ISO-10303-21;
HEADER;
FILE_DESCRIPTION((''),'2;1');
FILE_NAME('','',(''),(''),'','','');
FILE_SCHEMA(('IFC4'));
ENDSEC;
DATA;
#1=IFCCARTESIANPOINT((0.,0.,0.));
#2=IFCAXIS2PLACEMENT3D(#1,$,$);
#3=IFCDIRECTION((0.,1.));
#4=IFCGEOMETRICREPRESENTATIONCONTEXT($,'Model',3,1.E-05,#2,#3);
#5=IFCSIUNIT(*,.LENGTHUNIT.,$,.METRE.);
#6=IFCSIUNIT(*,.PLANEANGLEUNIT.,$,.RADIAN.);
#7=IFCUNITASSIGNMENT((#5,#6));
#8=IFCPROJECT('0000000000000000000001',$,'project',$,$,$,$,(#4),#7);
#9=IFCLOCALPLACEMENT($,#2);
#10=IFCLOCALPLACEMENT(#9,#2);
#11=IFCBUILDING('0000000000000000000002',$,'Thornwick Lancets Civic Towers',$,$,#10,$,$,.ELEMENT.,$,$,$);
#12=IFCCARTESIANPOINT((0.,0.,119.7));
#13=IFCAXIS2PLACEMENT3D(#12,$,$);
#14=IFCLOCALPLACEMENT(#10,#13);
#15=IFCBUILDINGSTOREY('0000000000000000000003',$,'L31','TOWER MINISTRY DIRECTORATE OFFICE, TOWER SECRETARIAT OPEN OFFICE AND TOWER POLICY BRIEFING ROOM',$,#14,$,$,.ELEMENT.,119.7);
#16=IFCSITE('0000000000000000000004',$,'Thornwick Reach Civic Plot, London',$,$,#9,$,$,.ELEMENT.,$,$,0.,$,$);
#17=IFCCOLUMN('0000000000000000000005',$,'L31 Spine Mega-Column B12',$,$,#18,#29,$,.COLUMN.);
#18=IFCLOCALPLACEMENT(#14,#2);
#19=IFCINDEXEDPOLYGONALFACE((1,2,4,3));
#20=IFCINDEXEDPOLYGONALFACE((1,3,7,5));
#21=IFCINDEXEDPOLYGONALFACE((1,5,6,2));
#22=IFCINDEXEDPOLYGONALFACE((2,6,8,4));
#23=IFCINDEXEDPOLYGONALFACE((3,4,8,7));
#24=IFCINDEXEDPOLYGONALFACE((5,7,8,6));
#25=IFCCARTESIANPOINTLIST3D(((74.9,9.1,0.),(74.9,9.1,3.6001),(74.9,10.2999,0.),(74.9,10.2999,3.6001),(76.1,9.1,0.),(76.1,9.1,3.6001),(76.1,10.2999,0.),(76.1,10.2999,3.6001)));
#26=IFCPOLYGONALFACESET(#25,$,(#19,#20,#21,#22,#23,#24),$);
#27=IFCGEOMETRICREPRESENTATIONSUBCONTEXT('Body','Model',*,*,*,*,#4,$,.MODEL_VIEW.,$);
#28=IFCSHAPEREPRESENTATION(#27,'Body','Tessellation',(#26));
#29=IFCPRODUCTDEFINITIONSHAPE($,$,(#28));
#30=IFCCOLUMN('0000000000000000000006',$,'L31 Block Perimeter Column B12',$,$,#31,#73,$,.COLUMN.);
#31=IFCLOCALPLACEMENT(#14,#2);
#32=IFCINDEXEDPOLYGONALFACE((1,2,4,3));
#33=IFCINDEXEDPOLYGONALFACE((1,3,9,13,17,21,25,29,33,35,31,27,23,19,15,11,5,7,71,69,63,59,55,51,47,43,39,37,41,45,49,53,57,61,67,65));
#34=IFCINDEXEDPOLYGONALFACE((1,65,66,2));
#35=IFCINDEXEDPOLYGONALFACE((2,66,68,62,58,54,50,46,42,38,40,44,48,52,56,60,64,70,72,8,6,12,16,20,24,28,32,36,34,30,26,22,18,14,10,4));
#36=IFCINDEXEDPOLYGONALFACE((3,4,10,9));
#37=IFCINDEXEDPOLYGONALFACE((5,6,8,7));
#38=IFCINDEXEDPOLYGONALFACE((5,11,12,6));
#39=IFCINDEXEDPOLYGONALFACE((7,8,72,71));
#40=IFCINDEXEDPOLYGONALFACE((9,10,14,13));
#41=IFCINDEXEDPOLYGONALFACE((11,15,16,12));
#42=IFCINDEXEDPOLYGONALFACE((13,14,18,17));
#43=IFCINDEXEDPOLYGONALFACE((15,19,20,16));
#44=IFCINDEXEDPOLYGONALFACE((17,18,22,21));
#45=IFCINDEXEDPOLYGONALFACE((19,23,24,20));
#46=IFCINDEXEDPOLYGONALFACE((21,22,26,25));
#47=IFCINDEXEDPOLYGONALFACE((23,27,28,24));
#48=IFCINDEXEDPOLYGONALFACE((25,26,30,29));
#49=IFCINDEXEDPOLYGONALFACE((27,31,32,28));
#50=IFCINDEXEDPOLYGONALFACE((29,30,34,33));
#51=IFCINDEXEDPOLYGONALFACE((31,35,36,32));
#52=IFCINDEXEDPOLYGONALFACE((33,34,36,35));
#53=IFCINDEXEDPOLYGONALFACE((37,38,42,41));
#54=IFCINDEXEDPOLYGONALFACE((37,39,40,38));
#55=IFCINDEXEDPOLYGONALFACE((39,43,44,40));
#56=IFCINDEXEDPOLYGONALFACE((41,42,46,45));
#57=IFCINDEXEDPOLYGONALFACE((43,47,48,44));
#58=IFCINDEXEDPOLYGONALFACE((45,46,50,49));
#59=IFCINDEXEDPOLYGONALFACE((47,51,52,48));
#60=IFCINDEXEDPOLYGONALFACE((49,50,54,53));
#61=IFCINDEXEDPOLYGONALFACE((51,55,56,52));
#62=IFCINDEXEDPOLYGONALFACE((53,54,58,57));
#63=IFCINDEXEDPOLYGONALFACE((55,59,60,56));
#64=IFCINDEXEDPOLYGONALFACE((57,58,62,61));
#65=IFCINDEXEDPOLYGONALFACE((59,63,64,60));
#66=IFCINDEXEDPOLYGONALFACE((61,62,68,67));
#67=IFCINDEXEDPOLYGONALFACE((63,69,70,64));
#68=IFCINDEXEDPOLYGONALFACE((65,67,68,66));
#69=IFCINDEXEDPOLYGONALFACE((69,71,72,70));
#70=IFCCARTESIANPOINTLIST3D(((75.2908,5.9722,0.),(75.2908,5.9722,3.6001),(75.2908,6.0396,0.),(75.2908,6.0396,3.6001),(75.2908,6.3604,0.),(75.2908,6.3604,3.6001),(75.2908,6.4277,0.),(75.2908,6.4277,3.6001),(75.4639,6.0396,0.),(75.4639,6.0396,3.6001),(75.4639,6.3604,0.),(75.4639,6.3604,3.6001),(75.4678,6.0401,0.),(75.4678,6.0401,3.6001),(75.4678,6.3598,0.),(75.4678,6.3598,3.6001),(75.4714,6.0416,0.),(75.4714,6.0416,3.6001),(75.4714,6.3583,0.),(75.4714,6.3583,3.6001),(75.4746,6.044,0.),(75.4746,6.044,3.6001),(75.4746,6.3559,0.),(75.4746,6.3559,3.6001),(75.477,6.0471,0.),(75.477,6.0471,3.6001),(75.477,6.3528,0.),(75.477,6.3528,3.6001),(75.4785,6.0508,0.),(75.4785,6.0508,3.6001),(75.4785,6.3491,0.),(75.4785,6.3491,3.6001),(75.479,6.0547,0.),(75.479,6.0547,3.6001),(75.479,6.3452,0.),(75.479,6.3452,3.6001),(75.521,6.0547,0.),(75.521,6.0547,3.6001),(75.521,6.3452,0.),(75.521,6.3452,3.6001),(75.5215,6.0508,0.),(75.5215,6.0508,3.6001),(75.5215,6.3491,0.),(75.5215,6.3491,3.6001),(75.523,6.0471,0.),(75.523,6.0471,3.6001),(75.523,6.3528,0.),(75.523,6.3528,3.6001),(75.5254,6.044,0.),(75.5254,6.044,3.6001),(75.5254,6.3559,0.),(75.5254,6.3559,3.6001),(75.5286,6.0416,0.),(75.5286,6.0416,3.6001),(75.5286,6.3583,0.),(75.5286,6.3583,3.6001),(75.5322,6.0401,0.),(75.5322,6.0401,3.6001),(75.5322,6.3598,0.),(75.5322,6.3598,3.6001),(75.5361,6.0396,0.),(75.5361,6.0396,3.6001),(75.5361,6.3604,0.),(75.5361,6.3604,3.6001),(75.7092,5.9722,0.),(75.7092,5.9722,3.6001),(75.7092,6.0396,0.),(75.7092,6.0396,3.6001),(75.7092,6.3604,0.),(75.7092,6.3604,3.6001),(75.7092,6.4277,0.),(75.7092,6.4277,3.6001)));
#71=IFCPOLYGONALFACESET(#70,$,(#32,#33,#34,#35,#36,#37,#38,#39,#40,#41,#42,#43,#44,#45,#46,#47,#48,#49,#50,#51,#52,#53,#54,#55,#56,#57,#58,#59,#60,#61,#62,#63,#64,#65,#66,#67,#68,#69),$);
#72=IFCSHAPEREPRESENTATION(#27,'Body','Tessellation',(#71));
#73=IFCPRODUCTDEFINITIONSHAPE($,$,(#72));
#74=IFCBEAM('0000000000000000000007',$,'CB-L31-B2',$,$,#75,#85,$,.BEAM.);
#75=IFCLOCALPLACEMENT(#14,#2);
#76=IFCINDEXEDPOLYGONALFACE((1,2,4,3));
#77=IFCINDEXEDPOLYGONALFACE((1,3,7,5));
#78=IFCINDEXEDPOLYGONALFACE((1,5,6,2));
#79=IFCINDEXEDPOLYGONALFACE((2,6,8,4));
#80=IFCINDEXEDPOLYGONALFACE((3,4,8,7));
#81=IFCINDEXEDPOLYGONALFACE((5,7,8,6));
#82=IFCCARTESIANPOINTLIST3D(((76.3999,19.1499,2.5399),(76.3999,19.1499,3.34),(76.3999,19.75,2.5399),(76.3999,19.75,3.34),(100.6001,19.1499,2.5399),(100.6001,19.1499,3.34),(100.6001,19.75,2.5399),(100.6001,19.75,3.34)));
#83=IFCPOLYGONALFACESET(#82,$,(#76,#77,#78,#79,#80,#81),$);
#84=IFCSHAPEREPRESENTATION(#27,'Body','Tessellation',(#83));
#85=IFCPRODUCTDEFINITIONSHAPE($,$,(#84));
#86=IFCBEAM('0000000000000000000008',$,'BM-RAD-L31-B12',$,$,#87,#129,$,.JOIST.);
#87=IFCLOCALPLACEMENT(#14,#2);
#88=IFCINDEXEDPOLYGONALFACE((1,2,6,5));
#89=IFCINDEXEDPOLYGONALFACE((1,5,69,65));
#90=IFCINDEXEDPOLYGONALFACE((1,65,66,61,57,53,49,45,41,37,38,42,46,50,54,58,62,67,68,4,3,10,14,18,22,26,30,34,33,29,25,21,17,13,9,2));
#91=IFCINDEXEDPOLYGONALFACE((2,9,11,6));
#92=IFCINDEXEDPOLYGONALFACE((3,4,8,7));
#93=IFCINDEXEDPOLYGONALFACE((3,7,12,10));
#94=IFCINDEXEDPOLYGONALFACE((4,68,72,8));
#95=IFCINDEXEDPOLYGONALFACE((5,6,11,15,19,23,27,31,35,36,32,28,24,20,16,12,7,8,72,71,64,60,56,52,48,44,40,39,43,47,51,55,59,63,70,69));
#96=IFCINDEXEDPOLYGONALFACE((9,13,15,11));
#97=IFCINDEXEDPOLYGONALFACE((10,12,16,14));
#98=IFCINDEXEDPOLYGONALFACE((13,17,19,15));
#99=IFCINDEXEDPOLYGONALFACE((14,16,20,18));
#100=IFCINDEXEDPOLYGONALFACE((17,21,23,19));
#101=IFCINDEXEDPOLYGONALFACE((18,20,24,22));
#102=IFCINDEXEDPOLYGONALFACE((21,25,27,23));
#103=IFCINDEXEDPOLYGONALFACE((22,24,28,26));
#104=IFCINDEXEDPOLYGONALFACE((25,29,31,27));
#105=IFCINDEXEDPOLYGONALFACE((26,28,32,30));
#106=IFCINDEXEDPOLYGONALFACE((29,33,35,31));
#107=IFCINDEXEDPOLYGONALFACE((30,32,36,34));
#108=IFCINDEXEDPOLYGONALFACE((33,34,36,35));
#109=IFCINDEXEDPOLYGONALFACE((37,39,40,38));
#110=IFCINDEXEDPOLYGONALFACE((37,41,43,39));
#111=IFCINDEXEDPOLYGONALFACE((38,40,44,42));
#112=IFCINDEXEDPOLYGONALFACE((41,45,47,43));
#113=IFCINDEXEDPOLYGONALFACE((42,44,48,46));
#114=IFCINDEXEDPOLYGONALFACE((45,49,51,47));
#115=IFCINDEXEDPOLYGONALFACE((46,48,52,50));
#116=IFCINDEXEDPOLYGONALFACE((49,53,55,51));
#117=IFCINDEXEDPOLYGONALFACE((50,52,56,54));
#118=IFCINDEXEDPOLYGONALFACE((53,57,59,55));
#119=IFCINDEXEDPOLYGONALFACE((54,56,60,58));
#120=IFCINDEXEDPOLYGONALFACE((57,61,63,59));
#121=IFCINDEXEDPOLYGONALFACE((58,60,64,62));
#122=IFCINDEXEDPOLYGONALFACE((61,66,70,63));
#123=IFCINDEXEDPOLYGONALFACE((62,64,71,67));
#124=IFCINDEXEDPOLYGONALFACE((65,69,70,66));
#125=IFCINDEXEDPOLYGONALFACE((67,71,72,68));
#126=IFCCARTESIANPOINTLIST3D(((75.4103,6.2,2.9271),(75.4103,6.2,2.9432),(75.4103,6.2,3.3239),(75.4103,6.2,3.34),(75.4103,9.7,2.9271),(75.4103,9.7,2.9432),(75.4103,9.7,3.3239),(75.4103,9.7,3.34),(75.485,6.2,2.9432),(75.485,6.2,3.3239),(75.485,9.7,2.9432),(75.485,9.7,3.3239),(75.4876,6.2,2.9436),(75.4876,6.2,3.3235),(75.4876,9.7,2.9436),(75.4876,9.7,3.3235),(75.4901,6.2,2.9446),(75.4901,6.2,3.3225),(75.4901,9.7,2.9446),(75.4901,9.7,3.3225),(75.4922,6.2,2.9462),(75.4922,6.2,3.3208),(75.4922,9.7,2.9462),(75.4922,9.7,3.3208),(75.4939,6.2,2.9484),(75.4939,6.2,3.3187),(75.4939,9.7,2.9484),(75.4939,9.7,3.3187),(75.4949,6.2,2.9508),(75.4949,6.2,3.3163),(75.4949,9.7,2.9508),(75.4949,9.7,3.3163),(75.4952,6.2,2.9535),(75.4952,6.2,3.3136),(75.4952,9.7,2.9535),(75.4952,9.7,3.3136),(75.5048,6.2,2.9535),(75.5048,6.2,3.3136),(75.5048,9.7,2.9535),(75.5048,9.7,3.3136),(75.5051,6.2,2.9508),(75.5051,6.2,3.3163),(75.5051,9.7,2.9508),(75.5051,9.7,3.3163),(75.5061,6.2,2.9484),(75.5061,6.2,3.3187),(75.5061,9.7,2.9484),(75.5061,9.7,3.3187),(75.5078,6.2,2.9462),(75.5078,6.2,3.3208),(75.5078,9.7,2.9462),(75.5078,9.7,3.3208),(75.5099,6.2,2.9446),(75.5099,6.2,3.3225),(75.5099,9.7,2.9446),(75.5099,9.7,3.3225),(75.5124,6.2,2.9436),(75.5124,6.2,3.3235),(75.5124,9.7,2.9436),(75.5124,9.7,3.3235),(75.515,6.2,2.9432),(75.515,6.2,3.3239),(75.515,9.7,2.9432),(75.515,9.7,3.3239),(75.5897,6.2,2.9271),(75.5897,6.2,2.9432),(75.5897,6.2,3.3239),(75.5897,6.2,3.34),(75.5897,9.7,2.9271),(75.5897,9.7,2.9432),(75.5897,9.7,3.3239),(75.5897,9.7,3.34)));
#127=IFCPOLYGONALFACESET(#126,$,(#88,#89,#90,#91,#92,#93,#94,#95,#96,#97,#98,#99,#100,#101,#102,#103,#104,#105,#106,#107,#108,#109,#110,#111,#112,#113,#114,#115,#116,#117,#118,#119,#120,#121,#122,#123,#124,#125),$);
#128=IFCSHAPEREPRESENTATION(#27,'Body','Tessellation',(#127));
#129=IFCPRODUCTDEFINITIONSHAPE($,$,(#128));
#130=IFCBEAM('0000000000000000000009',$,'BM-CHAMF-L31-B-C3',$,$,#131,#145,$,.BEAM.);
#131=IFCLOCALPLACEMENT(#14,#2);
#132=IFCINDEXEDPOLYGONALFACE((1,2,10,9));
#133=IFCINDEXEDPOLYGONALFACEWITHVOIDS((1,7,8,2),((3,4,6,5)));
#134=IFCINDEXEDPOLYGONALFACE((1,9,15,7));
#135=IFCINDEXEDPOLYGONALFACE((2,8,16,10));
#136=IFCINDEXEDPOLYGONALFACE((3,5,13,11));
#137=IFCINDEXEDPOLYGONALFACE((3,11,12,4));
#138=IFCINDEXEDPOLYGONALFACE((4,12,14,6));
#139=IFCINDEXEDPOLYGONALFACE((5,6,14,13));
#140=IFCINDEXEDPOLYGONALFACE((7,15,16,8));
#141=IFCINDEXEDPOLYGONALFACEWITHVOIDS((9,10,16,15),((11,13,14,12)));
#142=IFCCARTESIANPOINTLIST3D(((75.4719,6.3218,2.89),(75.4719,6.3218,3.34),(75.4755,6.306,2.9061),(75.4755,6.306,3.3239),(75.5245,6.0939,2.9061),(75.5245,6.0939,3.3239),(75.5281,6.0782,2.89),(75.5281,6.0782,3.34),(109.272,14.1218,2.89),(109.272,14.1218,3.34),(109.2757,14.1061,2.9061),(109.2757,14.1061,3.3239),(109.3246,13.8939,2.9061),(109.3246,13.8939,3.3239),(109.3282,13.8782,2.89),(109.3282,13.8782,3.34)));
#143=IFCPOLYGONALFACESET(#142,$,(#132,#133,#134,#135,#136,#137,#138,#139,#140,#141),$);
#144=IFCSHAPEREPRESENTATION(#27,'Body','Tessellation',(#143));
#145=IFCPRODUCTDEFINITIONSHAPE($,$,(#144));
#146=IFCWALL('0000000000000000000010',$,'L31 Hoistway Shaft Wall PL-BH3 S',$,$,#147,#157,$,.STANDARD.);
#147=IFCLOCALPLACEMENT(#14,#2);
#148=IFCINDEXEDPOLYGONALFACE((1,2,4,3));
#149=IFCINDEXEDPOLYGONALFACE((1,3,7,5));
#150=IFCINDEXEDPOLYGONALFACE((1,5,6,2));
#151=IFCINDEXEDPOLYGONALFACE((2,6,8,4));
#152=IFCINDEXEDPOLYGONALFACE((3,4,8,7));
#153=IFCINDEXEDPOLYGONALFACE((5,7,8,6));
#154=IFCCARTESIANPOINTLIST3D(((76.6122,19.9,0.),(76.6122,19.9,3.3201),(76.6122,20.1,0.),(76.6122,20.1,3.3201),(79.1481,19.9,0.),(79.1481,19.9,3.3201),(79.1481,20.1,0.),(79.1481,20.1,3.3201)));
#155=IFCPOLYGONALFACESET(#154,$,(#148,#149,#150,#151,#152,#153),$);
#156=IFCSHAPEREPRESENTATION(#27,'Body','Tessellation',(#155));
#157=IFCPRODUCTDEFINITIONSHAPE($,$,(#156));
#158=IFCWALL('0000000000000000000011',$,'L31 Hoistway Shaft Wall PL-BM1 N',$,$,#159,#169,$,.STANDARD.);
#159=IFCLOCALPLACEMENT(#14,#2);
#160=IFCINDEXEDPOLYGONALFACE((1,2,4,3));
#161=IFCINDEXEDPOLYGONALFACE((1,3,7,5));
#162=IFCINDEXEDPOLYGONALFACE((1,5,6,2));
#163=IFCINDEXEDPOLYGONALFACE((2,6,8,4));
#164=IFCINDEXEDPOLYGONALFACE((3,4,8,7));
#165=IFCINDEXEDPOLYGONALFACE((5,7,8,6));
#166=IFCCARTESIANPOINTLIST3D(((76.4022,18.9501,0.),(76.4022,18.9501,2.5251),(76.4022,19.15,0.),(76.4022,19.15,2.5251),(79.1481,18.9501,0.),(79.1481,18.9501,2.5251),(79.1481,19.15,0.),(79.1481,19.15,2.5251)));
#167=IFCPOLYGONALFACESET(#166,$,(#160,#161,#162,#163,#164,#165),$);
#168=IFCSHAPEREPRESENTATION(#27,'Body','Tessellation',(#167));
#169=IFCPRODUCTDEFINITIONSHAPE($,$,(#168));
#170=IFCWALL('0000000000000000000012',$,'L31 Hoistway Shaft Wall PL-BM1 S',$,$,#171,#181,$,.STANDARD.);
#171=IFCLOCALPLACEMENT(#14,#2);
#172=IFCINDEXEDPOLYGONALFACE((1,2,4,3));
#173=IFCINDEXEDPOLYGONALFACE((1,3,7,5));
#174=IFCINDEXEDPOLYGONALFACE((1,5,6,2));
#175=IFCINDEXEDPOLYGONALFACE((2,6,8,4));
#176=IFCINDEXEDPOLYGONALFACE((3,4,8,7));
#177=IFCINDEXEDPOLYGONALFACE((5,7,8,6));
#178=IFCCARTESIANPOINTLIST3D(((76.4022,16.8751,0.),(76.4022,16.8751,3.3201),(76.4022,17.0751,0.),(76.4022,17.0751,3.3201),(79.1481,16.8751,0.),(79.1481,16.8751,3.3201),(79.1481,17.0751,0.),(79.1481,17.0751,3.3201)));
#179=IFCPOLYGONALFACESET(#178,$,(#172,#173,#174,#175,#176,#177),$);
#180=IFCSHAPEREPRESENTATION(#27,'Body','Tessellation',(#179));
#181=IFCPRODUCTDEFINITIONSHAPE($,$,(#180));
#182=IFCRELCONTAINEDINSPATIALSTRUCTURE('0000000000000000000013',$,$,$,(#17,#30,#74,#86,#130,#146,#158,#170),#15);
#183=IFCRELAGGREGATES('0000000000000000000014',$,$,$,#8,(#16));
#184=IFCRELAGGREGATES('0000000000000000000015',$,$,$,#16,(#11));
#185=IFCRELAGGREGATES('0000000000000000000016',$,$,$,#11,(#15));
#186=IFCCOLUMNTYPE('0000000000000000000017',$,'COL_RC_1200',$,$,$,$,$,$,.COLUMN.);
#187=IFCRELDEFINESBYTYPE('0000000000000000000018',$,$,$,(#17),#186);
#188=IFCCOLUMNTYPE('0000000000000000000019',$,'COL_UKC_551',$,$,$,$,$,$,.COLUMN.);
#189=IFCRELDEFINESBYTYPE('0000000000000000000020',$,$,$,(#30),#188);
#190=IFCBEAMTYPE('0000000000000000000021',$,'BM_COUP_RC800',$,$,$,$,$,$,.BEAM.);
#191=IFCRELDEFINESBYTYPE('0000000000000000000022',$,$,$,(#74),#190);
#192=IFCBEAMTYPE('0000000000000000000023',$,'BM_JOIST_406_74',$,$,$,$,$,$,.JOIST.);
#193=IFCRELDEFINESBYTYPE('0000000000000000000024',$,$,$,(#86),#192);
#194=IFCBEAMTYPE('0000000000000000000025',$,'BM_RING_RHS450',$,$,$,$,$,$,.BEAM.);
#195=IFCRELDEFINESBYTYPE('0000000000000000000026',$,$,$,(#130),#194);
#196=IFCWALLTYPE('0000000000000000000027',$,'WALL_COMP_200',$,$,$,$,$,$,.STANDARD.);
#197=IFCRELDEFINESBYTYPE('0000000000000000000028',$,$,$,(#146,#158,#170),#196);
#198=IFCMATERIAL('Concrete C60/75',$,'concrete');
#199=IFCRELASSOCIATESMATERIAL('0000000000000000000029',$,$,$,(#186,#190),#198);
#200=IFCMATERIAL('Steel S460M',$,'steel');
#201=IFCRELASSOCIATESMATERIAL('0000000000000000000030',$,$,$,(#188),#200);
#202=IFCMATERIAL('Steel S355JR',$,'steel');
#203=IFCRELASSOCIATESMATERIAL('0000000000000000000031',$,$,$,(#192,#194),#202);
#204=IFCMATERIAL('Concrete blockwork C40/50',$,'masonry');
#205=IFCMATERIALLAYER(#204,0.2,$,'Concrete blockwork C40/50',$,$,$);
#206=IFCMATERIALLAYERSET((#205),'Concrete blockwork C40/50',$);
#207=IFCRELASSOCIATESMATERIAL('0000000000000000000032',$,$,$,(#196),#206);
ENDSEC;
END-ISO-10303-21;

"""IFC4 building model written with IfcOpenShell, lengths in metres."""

from ifc_helpers import new_model, si_unit, direction, frame, frame_2d, origin, origin_2d, place, context, subcontext, project, spatial, rectangle, hollow_rectangle, i_section, extrude, material, layer, layer_set, material_profile, profile_set, type_object, element, save


model = new_model("IFC4")

# Units and contexts
model_context = context("Model", 3, precision=1e-05, world=origin(), true_north=direction((0.0, 1.0)))
body_context = subcontext(model_context, "Body", "Model", "MODEL_VIEW")
ifc_project = project(units=[si_unit("LENGTHUNIT", "METRE"), si_unit("PLANEANGLEUNIT", "RADIAN")], contexts=[model_context])

# Site, building, storey
site_placement = place(None, origin())
site = spatial("IfcSite", under=ifc_project, at=site_placement, Name="Thornwick Reach Civic Plot, London", CompositionType="ELEMENT", RefElevation=0.0)
building_placement = place(site_placement, origin())
building = spatial("IfcBuilding", under=site, at=building_placement, Name="Thornwick Lancets Civic Towers", CompositionType="ELEMENT")
storey_placement = place(building_placement, frame((0.0, 0.0, 119.7)))
storey = spatial("IfcBuildingStorey", under=building, at=storey_placement, Name="L31", Description="TOWER MINISTRY DIRECTORATE OFFICE, TOWER SECRETARIAT OPEN OFFICE AND TOWER POLICY BRIEFING ROOM", CompositionType="ELEMENT", Elevation=119.7)

# Columns
ifc_material_1 = material(Name="Concrete C60/75", Category="concrete")
ifc_material_profile_1 = material_profile(ifc_material_1, rectangle(XDim=1.2, YDim=1.2, at=origin_2d()), Name="RC 1200x1200")
ifc_profile_set_1 = profile_set([ifc_material_profile_1], Name="Concrete C60/75")
column_type_1 = type_object("IfcColumnType", Name="COL_RC_1200", PredefinedType="COLUMN", material=ifc_profile_set_1)
column_1_placement = place(storey_placement, frame((75.5, 9.7, 0.0), z_axis=(0.0, 0.0, 1.0), x_axis=(1.0, 0.0, 0.0)))
element("IfcColumn", 1, at=column_1_placement, inside=storey, type_object=column_type_1, Name="L31 Spine Mega-Column B12", PredefinedType="COLUMN", context=body_context, shape_type="SweptSolid", body=[
    extrude(rectangle(XDim=1.2, YDim=1.2, at=origin_2d()), origin(), (0.0, 0.0, 1.0), 3.6001),
])
ifc_material_2 = material(Name="Steel S460M", Category="steel")
ifc_material_profile_2 = material_profile(ifc_material_2, i_section(OverallWidth=0.4185, OverallDepth=0.4556, WebThickness=0.042, FlangeThickness=0.0674, FilletRadius=0.0151, at=origin_2d()), Name="UKC 356x406x551")
ifc_profile_set_2 = profile_set([ifc_material_profile_2], Name="Steel S460M")
column_type_2 = type_object("IfcColumnType", Name="COL_UKC_551", PredefinedType="COLUMN", material=ifc_profile_set_2)
column_2_placement = place(storey_placement, frame((75.5, 6.2, 0.0), z_axis=(0.0, 0.0, 1.0), x_axis=(1.0, 0.0, 0.0)))
element("IfcColumn", 2, at=column_2_placement, inside=storey, type_object=column_type_2, Name="L31 Block Perimeter Column B12", PredefinedType="COLUMN", context=body_context, shape_type="SweptSolid", body=[
    extrude(i_section(OverallWidth=0.4185, OverallDepth=0.4556, WebThickness=0.042, FlangeThickness=0.0674, FilletRadius=0.0151, at=origin_2d()), origin(), (0.0, 0.0, 1.0), 3.6001),
])

# Beams
ifc_material_profile_3 = material_profile(ifc_material_1, rectangle(XDim=0.6001, YDim=0.8, at=origin_2d()), Name="RC 600x800")
ifc_profile_set_3 = profile_set([ifc_material_profile_3], Name="Concrete C60/75")
beam_type_1 = type_object("IfcBeamType", Name="BM_COUP_RC800", PredefinedType="BEAM", material=ifc_profile_set_3)
beam_1_placement = place(storey_placement, frame((76.3999, 19.45, 2.9399), z_axis=(1.0, 0.0, 0.0), x_axis=(0.0, 1.0, 0.0)))
element("IfcBeam", 3, at=beam_1_placement, inside=storey, type_object=beam_type_1, Name="CB-L31-B2", PredefinedType="BEAM", context=body_context, shape_type="SweptSolid", body=[
    extrude(rectangle(XDim=0.6001, YDim=0.8, at=origin_2d()), origin(), (0.0, 0.0, 1.0), 24.2002),
])
ifc_material_3 = material(Name="Steel S355JR", Category="steel")
ifc_material_profile_4 = material_profile(ifc_material_3, i_section(OverallWidth=0.1794, OverallDepth=0.4128, WebThickness=0.0095, FlangeThickness=0.0161, FilletRadius=0.0103, at=origin_2d()), Name="UKB 406x178x74")
ifc_profile_set_4 = profile_set([ifc_material_profile_4], Name="Steel S355JR")
beam_type_2 = type_object("IfcBeamType", Name="BM_JOIST_406_74", PredefinedType="JOIST", material=ifc_profile_set_4)
beam_2_placement = place(storey_placement, frame((75.5, 9.7, 3.1335), z_axis=(0.0, -1.0, 0.0), x_axis=(1.0, 0.0, 0.0)))
element("IfcBeam", 4, at=beam_2_placement, inside=storey, type_object=beam_type_2, Name="BM-RAD-L31-B12", PredefinedType="JOIST", context=body_context, shape_type="SweptSolid", body=[
    extrude(i_section(OverallWidth=0.1794, OverallDepth=0.4128, WebThickness=0.0095, FlangeThickness=0.0161, FilletRadius=0.0103, at=origin_2d()), origin(), (0.0, 0.0, 1.0), 3.5),
])
ifc_material_profile_5 = material_profile(ifc_material_3, hollow_rectangle(XDim=0.25, YDim=0.45, WallThickness=0.0161, at=origin_2d()), Name="RHS 450x250x16")
ifc_profile_set_5 = profile_set([ifc_material_profile_5], Name="Steel S355JR")
beam_type_3 = type_object("IfcBeamType", Name="BM_RING_RHS450", PredefinedType="BEAM", material=ifc_profile_set_5)
beam_3_placement = place(storey_placement, frame((75.5, 6.2, 3.115), z_axis=(0.974391, 0.224861, 0.0), x_axis=(-0.224861, 0.974391, 0.0)))
element("IfcBeam", 5, at=beam_3_placement, inside=storey, type_object=beam_type_3, Name="BM-CHAMF-L31-B-C3", PredefinedType="BEAM", context=body_context, shape_type="SweptSolid", body=[
    extrude(hollow_rectangle(XDim=0.25, YDim=0.45, WallThickness=0.0161, at=origin_2d()), origin(), (0.0, 0.0, 1.0), 34.6885),
])

# Walls
ifc_material_4 = material(Name="Concrete blockwork C40/50", Category="masonry")
ifc_layer_1 = layer(ifc_material_4, 0.2, Name="Concrete blockwork C40/50")
ifc_layer_set_1 = layer_set([ifc_layer_1], Name="Concrete blockwork C40/50")
wall_type_1 = type_object("IfcWallType", Name="WALL_COMP_200", PredefinedType="STANDARD", material=ifc_layer_set_1)
wall_1_placement = place(storey_placement, frame((76.6121, 20.0, 0.0), z_axis=(0.0, 0.0, 1.0), x_axis=(1.0, 0.0, 0.0)))
element("IfcWall", 6, at=wall_1_placement, inside=storey, type_object=wall_type_1, Name="L31 Hoistway Shaft Wall PL-BH3 S", PredefinedType="STANDARD", context=body_context, shape_type="SweptSolid", body=[
    extrude(rectangle(XDim=2.5359, YDim=0.2, at=frame_2d((1.2681, 0.0))), origin(), (0.0, 0.0, 1.0), 3.3201),
])
wall_2_placement = place(storey_placement, frame((76.4021, 19.05, 0.0), z_axis=(0.0, 0.0, 1.0), x_axis=(1.0, 0.0, 0.0)))
element("IfcWall", 7, at=wall_2_placement, inside=storey, type_object=wall_type_1, Name="L31 Hoistway Shaft Wall PL-BM1 N", PredefinedType="STANDARD", context=body_context, shape_type="SweptSolid", body=[
    extrude(rectangle(XDim=2.7458, YDim=0.2, at=frame_2d((1.373, 0.0))), origin(), (0.0, 0.0, 1.0), 2.5251),
])
wall_3_placement = place(storey_placement, frame((76.4021, 16.9751, 0.0), z_axis=(0.0, 0.0, 1.0), x_axis=(1.0, 0.0, 0.0)))
element("IfcWall", 8, at=wall_3_placement, inside=storey, type_object=wall_type_1, Name="L31 Hoistway Shaft Wall PL-BM1 S", PredefinedType="STANDARD", context=body_context, shape_type="SweptSolid", body=[
    extrude(rectangle(XDim=2.7458, YDim=0.2, at=frame_2d((1.373, 0.0))), origin(), (0.0, 0.0, 1.0), 3.3201),
])

save(model, "model.ifc")
